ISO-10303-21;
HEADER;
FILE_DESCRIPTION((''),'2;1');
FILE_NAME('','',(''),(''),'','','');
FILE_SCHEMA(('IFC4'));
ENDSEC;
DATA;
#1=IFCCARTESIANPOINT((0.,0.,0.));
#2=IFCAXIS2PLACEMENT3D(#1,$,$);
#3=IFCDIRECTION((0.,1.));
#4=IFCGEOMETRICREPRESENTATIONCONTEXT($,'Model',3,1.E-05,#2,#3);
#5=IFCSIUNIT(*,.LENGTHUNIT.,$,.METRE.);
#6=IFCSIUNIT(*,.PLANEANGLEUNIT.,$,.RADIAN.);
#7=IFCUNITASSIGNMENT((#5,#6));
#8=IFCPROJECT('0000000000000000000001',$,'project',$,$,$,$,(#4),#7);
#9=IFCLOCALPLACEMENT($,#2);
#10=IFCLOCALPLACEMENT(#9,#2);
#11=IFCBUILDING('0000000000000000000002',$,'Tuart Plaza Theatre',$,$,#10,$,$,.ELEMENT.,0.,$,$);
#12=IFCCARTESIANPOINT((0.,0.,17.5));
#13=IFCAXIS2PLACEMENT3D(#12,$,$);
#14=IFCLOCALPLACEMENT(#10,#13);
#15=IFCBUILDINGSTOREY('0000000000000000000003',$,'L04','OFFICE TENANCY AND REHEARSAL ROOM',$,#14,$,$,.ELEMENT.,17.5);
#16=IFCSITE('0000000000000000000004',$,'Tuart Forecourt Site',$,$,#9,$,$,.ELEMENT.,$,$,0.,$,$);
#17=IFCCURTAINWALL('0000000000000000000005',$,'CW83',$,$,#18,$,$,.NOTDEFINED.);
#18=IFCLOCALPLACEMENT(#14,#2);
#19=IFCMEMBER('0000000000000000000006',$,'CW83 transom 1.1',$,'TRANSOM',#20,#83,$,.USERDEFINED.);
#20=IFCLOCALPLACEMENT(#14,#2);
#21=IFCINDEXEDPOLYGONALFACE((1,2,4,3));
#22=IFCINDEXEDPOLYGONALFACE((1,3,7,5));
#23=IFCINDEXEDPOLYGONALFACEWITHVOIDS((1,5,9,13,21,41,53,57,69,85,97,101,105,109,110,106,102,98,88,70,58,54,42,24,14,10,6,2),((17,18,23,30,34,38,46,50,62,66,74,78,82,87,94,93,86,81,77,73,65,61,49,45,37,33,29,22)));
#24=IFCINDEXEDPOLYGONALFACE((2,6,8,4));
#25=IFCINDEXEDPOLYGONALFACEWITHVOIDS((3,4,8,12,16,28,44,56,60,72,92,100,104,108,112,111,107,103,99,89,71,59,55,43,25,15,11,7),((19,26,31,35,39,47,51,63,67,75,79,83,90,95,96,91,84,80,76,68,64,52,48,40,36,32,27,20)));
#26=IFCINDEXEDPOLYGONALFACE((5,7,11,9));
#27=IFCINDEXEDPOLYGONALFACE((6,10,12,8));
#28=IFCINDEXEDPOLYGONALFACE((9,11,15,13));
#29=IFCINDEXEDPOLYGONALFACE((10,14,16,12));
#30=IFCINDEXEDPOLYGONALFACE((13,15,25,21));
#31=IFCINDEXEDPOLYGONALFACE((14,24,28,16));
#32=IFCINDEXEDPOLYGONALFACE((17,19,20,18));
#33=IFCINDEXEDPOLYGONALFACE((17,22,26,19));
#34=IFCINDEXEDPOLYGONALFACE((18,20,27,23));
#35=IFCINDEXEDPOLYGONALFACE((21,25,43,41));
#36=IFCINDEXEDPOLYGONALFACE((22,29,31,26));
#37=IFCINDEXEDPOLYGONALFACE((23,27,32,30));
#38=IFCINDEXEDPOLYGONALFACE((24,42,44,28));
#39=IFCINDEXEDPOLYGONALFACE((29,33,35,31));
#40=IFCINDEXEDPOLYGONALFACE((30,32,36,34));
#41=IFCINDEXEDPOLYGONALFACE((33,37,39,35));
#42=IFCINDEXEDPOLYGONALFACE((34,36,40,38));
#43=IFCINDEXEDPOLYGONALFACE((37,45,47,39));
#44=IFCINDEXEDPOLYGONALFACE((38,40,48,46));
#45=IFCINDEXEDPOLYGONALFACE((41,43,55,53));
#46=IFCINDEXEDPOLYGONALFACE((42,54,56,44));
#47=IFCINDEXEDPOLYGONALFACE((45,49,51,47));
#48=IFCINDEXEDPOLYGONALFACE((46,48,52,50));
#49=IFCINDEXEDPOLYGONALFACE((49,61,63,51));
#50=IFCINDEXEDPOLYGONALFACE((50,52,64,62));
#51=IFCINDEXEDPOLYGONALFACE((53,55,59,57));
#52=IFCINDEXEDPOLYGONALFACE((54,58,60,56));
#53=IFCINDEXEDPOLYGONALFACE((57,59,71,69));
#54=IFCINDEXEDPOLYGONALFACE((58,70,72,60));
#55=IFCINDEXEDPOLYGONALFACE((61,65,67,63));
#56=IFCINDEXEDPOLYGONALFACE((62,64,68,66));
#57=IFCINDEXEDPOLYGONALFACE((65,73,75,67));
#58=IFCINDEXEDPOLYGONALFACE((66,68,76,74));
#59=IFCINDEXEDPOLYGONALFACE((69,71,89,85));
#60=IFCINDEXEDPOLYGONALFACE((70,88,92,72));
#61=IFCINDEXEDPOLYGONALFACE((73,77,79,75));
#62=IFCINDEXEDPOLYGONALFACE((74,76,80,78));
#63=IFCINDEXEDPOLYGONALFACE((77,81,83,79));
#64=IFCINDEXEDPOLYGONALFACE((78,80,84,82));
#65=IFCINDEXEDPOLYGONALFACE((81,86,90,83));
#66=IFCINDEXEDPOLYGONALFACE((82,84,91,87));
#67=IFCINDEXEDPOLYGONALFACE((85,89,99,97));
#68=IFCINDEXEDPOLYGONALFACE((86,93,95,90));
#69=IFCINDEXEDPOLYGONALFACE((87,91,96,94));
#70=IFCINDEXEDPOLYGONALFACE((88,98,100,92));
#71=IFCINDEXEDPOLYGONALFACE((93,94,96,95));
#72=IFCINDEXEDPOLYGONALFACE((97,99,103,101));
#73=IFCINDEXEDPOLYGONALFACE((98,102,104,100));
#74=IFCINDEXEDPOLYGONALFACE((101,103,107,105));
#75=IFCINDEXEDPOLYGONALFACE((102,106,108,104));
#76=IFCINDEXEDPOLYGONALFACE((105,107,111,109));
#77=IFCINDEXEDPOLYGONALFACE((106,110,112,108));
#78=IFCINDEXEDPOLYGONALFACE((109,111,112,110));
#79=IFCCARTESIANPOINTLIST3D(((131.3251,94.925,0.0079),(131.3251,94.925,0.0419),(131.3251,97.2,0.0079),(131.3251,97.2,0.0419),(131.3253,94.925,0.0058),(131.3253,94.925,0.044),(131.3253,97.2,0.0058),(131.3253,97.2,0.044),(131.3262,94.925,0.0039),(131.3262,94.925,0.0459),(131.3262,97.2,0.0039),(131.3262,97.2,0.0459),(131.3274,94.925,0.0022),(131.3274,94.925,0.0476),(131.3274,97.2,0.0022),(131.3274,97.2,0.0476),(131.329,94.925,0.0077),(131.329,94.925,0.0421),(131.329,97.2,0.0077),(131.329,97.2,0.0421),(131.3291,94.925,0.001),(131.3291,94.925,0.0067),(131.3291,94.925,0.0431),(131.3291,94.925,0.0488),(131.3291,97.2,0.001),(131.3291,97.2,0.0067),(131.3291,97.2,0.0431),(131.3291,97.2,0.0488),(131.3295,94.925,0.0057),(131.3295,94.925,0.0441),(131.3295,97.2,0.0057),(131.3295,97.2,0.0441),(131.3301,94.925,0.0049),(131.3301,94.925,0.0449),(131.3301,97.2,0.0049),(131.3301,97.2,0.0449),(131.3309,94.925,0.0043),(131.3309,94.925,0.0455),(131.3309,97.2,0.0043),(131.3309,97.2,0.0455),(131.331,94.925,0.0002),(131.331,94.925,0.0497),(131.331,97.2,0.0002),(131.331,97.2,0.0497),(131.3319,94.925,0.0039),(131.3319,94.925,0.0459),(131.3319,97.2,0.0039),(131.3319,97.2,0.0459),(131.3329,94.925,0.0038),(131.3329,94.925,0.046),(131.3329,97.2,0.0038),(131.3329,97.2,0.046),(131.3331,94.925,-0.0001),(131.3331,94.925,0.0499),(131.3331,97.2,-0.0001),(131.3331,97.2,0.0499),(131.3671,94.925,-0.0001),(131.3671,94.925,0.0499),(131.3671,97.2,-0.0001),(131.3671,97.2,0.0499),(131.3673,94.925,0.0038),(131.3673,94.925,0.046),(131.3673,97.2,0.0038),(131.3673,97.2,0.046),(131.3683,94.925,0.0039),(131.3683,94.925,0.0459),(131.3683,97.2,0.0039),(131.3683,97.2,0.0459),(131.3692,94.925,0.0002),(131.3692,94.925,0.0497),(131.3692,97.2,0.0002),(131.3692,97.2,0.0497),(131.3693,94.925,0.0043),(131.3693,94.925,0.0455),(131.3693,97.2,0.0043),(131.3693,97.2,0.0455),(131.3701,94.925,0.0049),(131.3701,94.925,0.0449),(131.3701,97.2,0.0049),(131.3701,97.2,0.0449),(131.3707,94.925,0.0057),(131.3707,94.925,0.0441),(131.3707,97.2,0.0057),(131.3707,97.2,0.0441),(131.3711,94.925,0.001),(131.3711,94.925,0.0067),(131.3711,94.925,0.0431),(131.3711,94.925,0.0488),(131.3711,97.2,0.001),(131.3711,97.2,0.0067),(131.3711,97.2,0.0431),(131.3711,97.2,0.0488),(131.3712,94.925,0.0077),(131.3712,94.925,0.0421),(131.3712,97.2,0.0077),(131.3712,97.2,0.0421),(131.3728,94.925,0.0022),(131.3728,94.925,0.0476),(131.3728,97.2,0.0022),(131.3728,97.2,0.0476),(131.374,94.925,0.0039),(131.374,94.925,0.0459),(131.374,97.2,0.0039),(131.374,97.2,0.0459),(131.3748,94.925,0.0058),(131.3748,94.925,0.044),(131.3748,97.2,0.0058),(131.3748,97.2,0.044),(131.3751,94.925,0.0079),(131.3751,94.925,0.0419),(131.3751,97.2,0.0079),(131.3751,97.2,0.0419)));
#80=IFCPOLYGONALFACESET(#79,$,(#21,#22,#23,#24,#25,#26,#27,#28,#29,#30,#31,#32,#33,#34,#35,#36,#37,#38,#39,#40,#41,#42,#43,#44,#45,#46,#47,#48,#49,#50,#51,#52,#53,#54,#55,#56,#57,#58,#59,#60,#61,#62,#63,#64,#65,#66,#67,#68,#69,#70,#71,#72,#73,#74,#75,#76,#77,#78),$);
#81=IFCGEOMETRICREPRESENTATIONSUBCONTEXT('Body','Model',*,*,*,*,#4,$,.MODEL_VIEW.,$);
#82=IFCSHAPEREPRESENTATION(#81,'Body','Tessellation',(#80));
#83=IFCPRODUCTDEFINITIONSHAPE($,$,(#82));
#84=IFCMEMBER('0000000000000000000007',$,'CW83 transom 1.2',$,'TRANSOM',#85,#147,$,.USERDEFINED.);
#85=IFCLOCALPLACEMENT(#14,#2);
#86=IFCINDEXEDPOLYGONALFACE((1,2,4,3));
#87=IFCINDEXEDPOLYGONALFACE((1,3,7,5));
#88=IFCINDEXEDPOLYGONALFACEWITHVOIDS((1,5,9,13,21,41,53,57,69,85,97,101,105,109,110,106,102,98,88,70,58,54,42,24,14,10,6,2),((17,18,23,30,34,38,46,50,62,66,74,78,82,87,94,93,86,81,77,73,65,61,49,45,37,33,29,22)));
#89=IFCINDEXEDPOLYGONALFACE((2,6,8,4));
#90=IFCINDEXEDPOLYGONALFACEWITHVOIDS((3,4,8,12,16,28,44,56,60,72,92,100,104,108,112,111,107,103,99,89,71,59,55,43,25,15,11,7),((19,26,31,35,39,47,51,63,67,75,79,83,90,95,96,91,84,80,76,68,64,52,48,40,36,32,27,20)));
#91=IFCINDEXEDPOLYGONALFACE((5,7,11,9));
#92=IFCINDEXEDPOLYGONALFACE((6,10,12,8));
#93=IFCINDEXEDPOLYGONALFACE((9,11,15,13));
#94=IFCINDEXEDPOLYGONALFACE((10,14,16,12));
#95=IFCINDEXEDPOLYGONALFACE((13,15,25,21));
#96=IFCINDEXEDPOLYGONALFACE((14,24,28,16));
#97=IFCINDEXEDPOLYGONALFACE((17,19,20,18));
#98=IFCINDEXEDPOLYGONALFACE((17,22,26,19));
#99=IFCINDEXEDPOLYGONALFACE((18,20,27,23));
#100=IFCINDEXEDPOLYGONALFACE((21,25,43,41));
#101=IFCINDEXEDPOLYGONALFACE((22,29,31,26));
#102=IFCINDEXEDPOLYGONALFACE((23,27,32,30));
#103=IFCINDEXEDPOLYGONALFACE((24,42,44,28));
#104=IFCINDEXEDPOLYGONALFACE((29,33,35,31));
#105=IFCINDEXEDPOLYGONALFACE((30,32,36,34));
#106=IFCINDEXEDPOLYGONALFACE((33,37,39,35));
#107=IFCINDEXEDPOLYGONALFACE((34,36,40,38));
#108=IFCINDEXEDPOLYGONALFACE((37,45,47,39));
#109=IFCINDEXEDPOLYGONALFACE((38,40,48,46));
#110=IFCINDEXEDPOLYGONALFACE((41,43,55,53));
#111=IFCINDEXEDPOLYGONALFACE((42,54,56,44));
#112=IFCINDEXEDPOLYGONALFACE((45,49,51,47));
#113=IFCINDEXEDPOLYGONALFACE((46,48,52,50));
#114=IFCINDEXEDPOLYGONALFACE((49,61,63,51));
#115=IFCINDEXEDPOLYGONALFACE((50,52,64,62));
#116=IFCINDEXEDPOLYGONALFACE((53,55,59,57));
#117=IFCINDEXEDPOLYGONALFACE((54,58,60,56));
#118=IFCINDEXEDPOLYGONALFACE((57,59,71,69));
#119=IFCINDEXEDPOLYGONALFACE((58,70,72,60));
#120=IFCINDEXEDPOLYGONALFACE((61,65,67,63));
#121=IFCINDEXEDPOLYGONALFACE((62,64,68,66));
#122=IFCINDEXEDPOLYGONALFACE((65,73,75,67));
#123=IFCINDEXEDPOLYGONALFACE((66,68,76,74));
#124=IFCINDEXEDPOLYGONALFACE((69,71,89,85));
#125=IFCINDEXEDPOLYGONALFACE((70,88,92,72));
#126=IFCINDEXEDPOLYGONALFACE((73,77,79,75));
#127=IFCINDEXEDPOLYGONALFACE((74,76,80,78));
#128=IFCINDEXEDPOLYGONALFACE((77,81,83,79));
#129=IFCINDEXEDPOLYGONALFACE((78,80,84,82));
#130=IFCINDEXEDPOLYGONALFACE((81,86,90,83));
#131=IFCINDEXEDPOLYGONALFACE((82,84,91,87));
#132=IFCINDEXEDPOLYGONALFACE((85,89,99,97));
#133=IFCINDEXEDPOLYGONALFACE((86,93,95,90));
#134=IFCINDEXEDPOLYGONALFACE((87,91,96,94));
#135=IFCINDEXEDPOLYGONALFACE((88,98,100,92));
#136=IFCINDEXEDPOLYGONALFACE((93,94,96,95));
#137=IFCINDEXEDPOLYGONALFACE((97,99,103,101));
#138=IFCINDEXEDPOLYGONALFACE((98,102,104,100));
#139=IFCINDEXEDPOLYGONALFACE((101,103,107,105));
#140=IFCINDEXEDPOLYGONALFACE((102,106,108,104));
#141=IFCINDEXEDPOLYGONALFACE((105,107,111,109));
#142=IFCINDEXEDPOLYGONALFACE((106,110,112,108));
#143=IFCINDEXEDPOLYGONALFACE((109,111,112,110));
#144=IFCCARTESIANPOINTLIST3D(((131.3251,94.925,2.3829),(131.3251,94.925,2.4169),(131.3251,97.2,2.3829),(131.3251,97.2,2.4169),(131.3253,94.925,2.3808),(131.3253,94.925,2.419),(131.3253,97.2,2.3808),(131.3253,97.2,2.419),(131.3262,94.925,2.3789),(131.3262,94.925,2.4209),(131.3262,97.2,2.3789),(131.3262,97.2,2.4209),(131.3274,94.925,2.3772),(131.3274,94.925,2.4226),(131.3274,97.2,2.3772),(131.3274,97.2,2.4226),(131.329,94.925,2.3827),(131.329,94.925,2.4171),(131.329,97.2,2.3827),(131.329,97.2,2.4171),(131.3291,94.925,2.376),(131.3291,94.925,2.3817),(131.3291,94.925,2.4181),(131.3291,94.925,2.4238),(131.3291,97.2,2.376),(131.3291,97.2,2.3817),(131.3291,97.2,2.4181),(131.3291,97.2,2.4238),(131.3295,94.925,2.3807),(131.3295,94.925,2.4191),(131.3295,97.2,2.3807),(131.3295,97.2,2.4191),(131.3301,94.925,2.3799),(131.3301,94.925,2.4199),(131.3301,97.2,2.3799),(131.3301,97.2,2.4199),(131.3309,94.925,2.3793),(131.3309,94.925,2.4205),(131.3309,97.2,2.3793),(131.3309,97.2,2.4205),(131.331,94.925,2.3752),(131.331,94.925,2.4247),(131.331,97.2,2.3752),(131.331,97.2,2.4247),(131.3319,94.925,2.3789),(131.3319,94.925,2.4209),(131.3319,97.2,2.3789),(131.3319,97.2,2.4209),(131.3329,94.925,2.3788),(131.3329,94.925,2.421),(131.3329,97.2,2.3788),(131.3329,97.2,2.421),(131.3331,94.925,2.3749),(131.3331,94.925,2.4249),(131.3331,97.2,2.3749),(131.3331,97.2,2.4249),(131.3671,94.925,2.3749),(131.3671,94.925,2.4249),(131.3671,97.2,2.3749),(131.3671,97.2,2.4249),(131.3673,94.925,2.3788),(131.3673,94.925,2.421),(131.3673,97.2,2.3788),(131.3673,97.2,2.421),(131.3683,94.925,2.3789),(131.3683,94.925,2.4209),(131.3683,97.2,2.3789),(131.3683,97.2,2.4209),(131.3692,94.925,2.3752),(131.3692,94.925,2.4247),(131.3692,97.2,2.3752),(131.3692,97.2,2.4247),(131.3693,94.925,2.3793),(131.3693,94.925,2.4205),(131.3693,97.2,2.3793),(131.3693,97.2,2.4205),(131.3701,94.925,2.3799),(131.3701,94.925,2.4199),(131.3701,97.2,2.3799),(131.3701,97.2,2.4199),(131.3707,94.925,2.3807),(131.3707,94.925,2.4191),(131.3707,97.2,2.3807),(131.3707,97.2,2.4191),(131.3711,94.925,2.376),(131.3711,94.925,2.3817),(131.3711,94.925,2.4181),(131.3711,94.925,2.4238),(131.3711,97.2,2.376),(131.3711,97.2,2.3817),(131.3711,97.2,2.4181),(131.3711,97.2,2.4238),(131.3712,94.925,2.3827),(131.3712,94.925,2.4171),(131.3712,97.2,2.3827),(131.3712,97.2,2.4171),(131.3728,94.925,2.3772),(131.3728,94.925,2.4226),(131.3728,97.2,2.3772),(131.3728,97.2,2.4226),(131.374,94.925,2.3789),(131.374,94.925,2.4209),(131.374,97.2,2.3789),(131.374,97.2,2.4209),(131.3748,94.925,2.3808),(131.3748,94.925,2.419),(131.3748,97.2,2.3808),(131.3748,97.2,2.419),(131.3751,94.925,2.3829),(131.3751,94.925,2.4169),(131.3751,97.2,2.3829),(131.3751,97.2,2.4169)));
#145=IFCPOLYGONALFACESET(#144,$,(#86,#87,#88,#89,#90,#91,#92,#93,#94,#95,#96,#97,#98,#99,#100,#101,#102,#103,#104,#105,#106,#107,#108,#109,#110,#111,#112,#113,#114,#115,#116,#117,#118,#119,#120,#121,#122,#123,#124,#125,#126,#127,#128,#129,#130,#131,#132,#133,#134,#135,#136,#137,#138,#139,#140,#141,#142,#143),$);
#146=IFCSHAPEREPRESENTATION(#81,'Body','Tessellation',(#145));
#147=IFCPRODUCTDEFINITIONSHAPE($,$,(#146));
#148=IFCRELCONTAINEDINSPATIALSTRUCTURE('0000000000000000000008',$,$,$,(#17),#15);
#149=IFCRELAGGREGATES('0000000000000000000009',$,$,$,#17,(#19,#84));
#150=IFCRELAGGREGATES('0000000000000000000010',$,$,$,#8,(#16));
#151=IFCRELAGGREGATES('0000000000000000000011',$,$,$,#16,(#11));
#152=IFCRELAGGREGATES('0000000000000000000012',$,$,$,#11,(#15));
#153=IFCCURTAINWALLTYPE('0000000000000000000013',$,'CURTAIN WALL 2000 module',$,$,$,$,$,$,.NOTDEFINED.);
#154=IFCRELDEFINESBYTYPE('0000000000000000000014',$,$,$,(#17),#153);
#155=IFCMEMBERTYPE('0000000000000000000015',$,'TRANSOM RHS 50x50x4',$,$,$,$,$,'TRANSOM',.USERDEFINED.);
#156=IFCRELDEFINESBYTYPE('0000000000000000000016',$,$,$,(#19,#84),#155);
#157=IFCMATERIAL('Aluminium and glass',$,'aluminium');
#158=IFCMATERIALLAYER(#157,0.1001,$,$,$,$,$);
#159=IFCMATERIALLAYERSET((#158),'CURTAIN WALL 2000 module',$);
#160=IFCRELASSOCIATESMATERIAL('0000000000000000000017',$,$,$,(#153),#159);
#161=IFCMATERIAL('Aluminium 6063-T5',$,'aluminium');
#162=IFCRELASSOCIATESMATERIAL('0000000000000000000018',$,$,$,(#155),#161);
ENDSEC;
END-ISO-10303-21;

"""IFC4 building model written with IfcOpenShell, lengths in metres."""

from ifc_helpers import new_model, si_unit, direction, frame, origin, origin_2d, place, context, subcontext, project, spatial, hollow_rectangle, extrude, material, layer, layer_set, material_profile, profile_set, type_object, element, aggregate, save


model = new_model("IFC4")

# Units and contexts
model_context = context("Model", 3, precision=1e-05, world=origin(), true_north=direction((0.0, 1.0)))
body_context = subcontext(model_context, "Body", "Model", "MODEL_VIEW")
ifc_project = project(units=[si_unit("LENGTHUNIT", "METRE"), si_unit("PLANEANGLEUNIT", "RADIAN")], contexts=[model_context])

# Site, building, storey
site_placement = place(None, origin())
site = spatial("IfcSite", under=ifc_project, at=site_placement, Name="Tuart Forecourt Site", CompositionType="ELEMENT", RefElevation=0.0)
building_placement = place(site_placement, origin())
building = spatial("IfcBuilding", under=site, at=building_placement, Name="Tuart Plaza Theatre", CompositionType="ELEMENT", ElevationOfRefHeight=0.0)
storey_placement = place(building_placement, frame((0.0, 0.0, 17.5)))
storey = spatial("IfcBuildingStorey", under=building, at=storey_placement, Name="L04", Description="OFFICE TENANCY AND REHEARSAL ROOM", CompositionType="ELEMENT", Elevation=17.5)

# Curtain wall
ifc_material_1 = material(Name="Aluminium and glass", Category="aluminium")
ifc_layer_1 = layer(ifc_material_1, 0.1001)
ifc_layer_set_1 = layer_set([ifc_layer_1], Name="CURTAIN WALL 2000 module")
curtain_wall_type_1 = type_object("IfcCurtainWallType", Name="CURTAIN WALL 2000 module", PredefinedType="NOTDEFINED", material=ifc_layer_set_1)
curtain_wall_1_placement = place(storey_placement, origin())
curtain_wall_1 = element("IfcCurtainWall", 1, at=curtain_wall_1_placement, inside=storey, type_object=curtain_wall_type_1, Name="CW83", PredefinedType="NOTDEFINED")

# Members
ifc_material_2 = material(Name="Aluminium 6063-T5", Category="aluminium")
ifc_material_profile_1 = material_profile(ifc_material_2, hollow_rectangle(XDim=0.05, YDim=0.05, WallThickness=0.0039, InnerFilletRadius=0.0039, OuterFilletRadius=0.0081, at=origin_2d()), Name="RHS 50x50x4")
ifc_profile_set_1 = profile_set([ifc_material_profile_1], Name="Aluminium 6063-T5")
member_type_1 = type_object("IfcMemberType", Name="TRANSOM RHS 50x50x4", ElementType="TRANSOM", PredefinedType="USERDEFINED", material=ifc_profile_set_1)
member_1_placement = place(storey_placement, frame((131.3501, 97.2, 0.0249), z_axis=(0.0, -1.0, 0.0), x_axis=(1.0, 0.0, 0.0)))
member_1 = element("IfcMember", 2, at=member_1_placement, type_object=member_type_1, Name="CW83 transom 1.1", ObjectType="TRANSOM", PredefinedType="USERDEFINED", context=body_context, shape_type="SweptSolid", body=[
    extrude(hollow_rectangle(XDim=0.05, YDim=0.05, WallThickness=0.0039, InnerFilletRadius=0.0039, OuterFilletRadius=0.0081, at=origin_2d()), origin(), (0.0, 0.0, 1.0), 2.2749),
])
member_2_placement = place(storey_placement, frame((131.3501, 97.2, 2.3999), z_axis=(0.0, -1.0, 0.0), x_axis=(1.0, 0.0, 0.0)))
member_2 = element("IfcMember", 3, at=member_2_placement, type_object=member_type_1, Name="CW83 transom 1.2", ObjectType="TRANSOM", PredefinedType="USERDEFINED", context=body_context, shape_type="SweptSolid", body=[
    extrude(hollow_rectangle(XDim=0.05, YDim=0.05, WallThickness=0.0039, InnerFilletRadius=0.0039, OuterFilletRadius=0.0081, at=origin_2d()), origin(), (0.0, 0.0, 1.0), 2.2749),
])

aggregate(curtain_wall_1, [member_1, member_2])

save(model, "model.ifc")
